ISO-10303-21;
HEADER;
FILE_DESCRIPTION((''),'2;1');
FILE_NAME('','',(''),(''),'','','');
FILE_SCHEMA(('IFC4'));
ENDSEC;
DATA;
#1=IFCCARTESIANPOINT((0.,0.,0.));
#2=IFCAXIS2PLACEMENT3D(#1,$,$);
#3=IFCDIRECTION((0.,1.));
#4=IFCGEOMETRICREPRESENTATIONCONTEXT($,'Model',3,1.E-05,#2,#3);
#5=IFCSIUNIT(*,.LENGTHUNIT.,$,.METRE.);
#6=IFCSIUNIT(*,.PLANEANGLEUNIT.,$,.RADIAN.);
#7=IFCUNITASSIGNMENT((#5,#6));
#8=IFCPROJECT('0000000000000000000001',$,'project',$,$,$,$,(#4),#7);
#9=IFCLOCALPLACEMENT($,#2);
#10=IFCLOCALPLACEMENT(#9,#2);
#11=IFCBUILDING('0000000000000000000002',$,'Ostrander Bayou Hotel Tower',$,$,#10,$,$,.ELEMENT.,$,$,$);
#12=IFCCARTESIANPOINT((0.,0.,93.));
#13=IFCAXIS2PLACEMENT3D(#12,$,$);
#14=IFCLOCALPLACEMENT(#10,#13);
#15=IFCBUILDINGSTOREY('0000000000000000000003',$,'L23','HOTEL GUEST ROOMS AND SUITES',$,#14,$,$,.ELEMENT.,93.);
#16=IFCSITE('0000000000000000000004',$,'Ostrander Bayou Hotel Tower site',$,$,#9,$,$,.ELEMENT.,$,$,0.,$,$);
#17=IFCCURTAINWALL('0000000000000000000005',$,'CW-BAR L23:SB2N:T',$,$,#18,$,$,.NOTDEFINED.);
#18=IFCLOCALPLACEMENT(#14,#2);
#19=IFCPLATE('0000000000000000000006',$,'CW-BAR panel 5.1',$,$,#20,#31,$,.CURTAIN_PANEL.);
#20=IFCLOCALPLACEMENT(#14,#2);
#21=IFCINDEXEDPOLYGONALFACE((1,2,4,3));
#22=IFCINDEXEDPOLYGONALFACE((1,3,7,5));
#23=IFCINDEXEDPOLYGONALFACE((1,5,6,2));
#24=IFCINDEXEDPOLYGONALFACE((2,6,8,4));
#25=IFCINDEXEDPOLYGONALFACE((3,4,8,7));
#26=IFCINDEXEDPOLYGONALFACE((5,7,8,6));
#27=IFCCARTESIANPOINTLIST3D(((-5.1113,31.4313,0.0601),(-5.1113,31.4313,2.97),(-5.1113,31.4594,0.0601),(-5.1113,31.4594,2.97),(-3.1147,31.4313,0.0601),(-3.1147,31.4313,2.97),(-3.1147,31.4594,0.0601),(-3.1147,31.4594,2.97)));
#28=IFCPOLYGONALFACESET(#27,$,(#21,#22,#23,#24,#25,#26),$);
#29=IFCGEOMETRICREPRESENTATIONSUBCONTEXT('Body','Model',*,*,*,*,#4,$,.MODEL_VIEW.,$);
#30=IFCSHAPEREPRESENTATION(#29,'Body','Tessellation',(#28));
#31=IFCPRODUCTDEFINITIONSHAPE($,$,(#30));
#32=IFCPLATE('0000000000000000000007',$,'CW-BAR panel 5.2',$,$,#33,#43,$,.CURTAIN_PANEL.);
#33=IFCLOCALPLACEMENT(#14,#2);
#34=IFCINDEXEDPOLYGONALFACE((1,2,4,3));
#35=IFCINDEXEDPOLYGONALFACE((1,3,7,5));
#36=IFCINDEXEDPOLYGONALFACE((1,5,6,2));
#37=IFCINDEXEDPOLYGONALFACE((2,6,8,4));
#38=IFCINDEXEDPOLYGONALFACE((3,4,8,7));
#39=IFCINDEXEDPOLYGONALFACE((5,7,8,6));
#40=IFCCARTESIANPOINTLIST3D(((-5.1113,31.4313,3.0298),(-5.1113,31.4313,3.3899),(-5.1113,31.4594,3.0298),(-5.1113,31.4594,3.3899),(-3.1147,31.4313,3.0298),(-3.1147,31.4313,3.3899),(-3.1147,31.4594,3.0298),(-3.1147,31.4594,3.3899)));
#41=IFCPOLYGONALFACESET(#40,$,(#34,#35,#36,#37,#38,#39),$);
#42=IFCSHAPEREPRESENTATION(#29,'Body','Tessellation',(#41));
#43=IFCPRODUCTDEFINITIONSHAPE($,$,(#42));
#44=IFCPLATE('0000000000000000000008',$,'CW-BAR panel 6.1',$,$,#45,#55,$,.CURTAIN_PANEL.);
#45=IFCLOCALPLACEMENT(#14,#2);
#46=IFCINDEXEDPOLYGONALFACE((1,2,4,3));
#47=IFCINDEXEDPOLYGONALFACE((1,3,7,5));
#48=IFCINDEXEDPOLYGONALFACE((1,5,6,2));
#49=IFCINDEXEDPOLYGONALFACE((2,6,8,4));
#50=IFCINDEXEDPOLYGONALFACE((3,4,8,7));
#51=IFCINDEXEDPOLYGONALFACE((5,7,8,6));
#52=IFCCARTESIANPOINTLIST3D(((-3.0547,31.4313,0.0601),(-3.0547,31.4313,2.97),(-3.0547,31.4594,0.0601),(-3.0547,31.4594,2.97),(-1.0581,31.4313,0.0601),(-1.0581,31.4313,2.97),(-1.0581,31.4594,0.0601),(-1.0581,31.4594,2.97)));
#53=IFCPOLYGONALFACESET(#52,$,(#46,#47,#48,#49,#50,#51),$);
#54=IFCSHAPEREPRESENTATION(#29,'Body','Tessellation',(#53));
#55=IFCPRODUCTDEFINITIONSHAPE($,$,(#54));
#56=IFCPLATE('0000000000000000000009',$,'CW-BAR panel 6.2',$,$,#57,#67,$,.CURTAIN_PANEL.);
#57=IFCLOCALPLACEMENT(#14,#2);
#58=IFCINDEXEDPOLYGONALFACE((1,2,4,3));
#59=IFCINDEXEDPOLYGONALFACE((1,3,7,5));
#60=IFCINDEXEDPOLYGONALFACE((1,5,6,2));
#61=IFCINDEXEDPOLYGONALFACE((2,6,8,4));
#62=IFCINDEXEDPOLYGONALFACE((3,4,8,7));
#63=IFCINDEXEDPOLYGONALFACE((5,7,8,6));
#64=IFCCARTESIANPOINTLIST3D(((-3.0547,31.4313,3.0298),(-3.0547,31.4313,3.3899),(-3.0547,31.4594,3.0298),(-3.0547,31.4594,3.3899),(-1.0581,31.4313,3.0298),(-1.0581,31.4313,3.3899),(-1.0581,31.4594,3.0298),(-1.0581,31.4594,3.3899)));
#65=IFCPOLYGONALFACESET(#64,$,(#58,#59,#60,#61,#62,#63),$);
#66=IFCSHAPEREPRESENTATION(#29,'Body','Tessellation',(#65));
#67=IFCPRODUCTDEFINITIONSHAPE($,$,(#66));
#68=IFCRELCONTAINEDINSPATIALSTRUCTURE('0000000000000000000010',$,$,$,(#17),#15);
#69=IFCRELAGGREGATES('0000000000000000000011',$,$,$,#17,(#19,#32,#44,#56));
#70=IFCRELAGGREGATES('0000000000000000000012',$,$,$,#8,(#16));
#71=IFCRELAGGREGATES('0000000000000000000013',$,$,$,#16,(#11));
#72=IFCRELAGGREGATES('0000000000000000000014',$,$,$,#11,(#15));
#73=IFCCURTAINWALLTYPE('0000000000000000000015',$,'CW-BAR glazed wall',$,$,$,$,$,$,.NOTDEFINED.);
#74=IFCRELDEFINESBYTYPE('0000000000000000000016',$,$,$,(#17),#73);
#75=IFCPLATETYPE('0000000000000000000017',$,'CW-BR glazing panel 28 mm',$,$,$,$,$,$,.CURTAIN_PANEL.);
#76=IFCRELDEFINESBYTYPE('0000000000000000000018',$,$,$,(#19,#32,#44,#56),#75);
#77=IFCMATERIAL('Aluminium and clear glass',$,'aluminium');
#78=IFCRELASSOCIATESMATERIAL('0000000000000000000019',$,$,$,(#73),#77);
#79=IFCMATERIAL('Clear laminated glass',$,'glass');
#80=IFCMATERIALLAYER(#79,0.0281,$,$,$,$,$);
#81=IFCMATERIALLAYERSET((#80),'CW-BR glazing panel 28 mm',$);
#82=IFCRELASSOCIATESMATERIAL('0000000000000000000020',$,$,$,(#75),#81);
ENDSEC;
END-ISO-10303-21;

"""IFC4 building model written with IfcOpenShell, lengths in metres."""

from ifc_helpers import new_model, si_unit, direction, frame, origin, origin_2d, place, context, subcontext, project, spatial, rectangle, extrude, material, layer, layer_set, type_object, element, aggregate, save


model = new_model("IFC4")

# Units and contexts
model_context = context("Model", 3, precision=1e-05, world=origin(), true_north=direction((0.0, 1.0)))
body_context = subcontext(model_context, "Body", "Model", "MODEL_VIEW")
ifc_project = project(units=[si_unit("LENGTHUNIT", "METRE"), si_unit("PLANEANGLEUNIT", "RADIAN")], contexts=[model_context])

# Site, building, storey
site_placement = place(None, origin())
site = spatial("IfcSite", under=ifc_project, at=site_placement, Name="Ostrander Bayou Hotel Tower site", CompositionType="ELEMENT", RefElevation=0.0)
building_placement = place(site_placement, origin())
building = spatial("IfcBuilding", under=site, at=building_placement, Name="Ostrander Bayou Hotel Tower", CompositionType="ELEMENT")
storey_placement = place(building_placement, frame((0.0, 0.0, 93.0)))
storey = spatial("IfcBuildingStorey", under=building, at=storey_placement, Name="L23", Description="HOTEL GUEST ROOMS AND SUITES", CompositionType="ELEMENT", Elevation=93.0)

# Curtain wall, plates
ifc_material_1 = material(Name="Aluminium and clear glass", Category="aluminium")
curtain_wall_type = type_object("IfcCurtainWallType", Name="CW-BAR glazed wall", PredefinedType="NOTDEFINED", material=ifc_material_1)
curtain_wall_placement = place(storey_placement, origin())
curtain_wall = element("IfcCurtainWall", 1, at=curtain_wall_placement, inside=storey, type_object=curtain_wall_type, Name="CW-BAR L23:SB2N:T", PredefinedType="NOTDEFINED")
ifc_material_2 = material(Name="Clear laminated glass", Category="glass")
ifc_layer = layer(ifc_material_2, 0.0281)
ifc_layer_set = layer_set([ifc_layer], Name="CW-BR glazing panel 28 mm")
plate_type = type_object("IfcPlateType", Name="CW-BR glazing panel 28 mm", PredefinedType="CURTAIN_PANEL", material=ifc_layer_set)
plate_1_placement = place(storey_placement, frame((-4.113, 31.4453, 0.0601), z_axis=(0.0, 0.0, 1.0), x_axis=(1.0, 0.0, 0.0)))
plate_1 = element("IfcPlate", 2, at=plate_1_placement, type_object=plate_type, Name="CW-BAR panel 5.1", PredefinedType="CURTAIN_PANEL", context=body_context, shape_type="SweptSolid", body=[
    extrude(rectangle(XDim=1.9966, YDim=0.0281, at=origin_2d()), origin(), (0.0, 0.0, 1.0), 2.9099),
])
plate_2_placement = place(storey_placement, frame((-4.113, 31.4453, 3.0298), z_axis=(0.0, 0.0, 1.0), x_axis=(1.0, 0.0, 0.0)))
plate_2 = element("IfcPlate", 3, at=plate_2_placement, type_object=plate_type, Name="CW-BAR panel 5.2", PredefinedType="CURTAIN_PANEL", context=body_context, shape_type="SweptSolid", body=[
    extrude(rectangle(XDim=1.9966, YDim=0.0281, at=origin_2d()), origin(), (0.0, 0.0, 1.0), 0.3601),
])
plate_3_placement = place(storey_placement, frame((-2.0564, 31.4453, 0.0601), z_axis=(0.0, 0.0, 1.0), x_axis=(1.0, 0.0, 0.0)))
plate_3 = element("IfcPlate", 4, at=plate_3_placement, type_object=plate_type, Name="CW-BAR panel 6.1", PredefinedType="CURTAIN_PANEL", context=body_context, shape_type="SweptSolid", body=[
    extrude(rectangle(XDim=1.9966, YDim=0.0281, at=origin_2d()), origin(), (0.0, 0.0, 1.0), 2.9099),
])
plate_4_placement = place(storey_placement, frame((-2.0564, 31.4453, 3.0298), z_axis=(0.0, 0.0, 1.0), x_axis=(1.0, 0.0, 0.0)))
plate_4 = element("IfcPlate", 5, at=plate_4_placement, type_object=plate_type, Name="CW-BAR panel 6.2", PredefinedType="CURTAIN_PANEL", context=body_context, shape_type="SweptSolid", body=[
    extrude(rectangle(XDim=1.9966, YDim=0.0281, at=origin_2d()), origin(), (0.0, 0.0, 1.0), 0.3601),
])
aggregate(curtain_wall, [plate_1, plate_2, plate_3, plate_4])

save(model, "model.ifc")
